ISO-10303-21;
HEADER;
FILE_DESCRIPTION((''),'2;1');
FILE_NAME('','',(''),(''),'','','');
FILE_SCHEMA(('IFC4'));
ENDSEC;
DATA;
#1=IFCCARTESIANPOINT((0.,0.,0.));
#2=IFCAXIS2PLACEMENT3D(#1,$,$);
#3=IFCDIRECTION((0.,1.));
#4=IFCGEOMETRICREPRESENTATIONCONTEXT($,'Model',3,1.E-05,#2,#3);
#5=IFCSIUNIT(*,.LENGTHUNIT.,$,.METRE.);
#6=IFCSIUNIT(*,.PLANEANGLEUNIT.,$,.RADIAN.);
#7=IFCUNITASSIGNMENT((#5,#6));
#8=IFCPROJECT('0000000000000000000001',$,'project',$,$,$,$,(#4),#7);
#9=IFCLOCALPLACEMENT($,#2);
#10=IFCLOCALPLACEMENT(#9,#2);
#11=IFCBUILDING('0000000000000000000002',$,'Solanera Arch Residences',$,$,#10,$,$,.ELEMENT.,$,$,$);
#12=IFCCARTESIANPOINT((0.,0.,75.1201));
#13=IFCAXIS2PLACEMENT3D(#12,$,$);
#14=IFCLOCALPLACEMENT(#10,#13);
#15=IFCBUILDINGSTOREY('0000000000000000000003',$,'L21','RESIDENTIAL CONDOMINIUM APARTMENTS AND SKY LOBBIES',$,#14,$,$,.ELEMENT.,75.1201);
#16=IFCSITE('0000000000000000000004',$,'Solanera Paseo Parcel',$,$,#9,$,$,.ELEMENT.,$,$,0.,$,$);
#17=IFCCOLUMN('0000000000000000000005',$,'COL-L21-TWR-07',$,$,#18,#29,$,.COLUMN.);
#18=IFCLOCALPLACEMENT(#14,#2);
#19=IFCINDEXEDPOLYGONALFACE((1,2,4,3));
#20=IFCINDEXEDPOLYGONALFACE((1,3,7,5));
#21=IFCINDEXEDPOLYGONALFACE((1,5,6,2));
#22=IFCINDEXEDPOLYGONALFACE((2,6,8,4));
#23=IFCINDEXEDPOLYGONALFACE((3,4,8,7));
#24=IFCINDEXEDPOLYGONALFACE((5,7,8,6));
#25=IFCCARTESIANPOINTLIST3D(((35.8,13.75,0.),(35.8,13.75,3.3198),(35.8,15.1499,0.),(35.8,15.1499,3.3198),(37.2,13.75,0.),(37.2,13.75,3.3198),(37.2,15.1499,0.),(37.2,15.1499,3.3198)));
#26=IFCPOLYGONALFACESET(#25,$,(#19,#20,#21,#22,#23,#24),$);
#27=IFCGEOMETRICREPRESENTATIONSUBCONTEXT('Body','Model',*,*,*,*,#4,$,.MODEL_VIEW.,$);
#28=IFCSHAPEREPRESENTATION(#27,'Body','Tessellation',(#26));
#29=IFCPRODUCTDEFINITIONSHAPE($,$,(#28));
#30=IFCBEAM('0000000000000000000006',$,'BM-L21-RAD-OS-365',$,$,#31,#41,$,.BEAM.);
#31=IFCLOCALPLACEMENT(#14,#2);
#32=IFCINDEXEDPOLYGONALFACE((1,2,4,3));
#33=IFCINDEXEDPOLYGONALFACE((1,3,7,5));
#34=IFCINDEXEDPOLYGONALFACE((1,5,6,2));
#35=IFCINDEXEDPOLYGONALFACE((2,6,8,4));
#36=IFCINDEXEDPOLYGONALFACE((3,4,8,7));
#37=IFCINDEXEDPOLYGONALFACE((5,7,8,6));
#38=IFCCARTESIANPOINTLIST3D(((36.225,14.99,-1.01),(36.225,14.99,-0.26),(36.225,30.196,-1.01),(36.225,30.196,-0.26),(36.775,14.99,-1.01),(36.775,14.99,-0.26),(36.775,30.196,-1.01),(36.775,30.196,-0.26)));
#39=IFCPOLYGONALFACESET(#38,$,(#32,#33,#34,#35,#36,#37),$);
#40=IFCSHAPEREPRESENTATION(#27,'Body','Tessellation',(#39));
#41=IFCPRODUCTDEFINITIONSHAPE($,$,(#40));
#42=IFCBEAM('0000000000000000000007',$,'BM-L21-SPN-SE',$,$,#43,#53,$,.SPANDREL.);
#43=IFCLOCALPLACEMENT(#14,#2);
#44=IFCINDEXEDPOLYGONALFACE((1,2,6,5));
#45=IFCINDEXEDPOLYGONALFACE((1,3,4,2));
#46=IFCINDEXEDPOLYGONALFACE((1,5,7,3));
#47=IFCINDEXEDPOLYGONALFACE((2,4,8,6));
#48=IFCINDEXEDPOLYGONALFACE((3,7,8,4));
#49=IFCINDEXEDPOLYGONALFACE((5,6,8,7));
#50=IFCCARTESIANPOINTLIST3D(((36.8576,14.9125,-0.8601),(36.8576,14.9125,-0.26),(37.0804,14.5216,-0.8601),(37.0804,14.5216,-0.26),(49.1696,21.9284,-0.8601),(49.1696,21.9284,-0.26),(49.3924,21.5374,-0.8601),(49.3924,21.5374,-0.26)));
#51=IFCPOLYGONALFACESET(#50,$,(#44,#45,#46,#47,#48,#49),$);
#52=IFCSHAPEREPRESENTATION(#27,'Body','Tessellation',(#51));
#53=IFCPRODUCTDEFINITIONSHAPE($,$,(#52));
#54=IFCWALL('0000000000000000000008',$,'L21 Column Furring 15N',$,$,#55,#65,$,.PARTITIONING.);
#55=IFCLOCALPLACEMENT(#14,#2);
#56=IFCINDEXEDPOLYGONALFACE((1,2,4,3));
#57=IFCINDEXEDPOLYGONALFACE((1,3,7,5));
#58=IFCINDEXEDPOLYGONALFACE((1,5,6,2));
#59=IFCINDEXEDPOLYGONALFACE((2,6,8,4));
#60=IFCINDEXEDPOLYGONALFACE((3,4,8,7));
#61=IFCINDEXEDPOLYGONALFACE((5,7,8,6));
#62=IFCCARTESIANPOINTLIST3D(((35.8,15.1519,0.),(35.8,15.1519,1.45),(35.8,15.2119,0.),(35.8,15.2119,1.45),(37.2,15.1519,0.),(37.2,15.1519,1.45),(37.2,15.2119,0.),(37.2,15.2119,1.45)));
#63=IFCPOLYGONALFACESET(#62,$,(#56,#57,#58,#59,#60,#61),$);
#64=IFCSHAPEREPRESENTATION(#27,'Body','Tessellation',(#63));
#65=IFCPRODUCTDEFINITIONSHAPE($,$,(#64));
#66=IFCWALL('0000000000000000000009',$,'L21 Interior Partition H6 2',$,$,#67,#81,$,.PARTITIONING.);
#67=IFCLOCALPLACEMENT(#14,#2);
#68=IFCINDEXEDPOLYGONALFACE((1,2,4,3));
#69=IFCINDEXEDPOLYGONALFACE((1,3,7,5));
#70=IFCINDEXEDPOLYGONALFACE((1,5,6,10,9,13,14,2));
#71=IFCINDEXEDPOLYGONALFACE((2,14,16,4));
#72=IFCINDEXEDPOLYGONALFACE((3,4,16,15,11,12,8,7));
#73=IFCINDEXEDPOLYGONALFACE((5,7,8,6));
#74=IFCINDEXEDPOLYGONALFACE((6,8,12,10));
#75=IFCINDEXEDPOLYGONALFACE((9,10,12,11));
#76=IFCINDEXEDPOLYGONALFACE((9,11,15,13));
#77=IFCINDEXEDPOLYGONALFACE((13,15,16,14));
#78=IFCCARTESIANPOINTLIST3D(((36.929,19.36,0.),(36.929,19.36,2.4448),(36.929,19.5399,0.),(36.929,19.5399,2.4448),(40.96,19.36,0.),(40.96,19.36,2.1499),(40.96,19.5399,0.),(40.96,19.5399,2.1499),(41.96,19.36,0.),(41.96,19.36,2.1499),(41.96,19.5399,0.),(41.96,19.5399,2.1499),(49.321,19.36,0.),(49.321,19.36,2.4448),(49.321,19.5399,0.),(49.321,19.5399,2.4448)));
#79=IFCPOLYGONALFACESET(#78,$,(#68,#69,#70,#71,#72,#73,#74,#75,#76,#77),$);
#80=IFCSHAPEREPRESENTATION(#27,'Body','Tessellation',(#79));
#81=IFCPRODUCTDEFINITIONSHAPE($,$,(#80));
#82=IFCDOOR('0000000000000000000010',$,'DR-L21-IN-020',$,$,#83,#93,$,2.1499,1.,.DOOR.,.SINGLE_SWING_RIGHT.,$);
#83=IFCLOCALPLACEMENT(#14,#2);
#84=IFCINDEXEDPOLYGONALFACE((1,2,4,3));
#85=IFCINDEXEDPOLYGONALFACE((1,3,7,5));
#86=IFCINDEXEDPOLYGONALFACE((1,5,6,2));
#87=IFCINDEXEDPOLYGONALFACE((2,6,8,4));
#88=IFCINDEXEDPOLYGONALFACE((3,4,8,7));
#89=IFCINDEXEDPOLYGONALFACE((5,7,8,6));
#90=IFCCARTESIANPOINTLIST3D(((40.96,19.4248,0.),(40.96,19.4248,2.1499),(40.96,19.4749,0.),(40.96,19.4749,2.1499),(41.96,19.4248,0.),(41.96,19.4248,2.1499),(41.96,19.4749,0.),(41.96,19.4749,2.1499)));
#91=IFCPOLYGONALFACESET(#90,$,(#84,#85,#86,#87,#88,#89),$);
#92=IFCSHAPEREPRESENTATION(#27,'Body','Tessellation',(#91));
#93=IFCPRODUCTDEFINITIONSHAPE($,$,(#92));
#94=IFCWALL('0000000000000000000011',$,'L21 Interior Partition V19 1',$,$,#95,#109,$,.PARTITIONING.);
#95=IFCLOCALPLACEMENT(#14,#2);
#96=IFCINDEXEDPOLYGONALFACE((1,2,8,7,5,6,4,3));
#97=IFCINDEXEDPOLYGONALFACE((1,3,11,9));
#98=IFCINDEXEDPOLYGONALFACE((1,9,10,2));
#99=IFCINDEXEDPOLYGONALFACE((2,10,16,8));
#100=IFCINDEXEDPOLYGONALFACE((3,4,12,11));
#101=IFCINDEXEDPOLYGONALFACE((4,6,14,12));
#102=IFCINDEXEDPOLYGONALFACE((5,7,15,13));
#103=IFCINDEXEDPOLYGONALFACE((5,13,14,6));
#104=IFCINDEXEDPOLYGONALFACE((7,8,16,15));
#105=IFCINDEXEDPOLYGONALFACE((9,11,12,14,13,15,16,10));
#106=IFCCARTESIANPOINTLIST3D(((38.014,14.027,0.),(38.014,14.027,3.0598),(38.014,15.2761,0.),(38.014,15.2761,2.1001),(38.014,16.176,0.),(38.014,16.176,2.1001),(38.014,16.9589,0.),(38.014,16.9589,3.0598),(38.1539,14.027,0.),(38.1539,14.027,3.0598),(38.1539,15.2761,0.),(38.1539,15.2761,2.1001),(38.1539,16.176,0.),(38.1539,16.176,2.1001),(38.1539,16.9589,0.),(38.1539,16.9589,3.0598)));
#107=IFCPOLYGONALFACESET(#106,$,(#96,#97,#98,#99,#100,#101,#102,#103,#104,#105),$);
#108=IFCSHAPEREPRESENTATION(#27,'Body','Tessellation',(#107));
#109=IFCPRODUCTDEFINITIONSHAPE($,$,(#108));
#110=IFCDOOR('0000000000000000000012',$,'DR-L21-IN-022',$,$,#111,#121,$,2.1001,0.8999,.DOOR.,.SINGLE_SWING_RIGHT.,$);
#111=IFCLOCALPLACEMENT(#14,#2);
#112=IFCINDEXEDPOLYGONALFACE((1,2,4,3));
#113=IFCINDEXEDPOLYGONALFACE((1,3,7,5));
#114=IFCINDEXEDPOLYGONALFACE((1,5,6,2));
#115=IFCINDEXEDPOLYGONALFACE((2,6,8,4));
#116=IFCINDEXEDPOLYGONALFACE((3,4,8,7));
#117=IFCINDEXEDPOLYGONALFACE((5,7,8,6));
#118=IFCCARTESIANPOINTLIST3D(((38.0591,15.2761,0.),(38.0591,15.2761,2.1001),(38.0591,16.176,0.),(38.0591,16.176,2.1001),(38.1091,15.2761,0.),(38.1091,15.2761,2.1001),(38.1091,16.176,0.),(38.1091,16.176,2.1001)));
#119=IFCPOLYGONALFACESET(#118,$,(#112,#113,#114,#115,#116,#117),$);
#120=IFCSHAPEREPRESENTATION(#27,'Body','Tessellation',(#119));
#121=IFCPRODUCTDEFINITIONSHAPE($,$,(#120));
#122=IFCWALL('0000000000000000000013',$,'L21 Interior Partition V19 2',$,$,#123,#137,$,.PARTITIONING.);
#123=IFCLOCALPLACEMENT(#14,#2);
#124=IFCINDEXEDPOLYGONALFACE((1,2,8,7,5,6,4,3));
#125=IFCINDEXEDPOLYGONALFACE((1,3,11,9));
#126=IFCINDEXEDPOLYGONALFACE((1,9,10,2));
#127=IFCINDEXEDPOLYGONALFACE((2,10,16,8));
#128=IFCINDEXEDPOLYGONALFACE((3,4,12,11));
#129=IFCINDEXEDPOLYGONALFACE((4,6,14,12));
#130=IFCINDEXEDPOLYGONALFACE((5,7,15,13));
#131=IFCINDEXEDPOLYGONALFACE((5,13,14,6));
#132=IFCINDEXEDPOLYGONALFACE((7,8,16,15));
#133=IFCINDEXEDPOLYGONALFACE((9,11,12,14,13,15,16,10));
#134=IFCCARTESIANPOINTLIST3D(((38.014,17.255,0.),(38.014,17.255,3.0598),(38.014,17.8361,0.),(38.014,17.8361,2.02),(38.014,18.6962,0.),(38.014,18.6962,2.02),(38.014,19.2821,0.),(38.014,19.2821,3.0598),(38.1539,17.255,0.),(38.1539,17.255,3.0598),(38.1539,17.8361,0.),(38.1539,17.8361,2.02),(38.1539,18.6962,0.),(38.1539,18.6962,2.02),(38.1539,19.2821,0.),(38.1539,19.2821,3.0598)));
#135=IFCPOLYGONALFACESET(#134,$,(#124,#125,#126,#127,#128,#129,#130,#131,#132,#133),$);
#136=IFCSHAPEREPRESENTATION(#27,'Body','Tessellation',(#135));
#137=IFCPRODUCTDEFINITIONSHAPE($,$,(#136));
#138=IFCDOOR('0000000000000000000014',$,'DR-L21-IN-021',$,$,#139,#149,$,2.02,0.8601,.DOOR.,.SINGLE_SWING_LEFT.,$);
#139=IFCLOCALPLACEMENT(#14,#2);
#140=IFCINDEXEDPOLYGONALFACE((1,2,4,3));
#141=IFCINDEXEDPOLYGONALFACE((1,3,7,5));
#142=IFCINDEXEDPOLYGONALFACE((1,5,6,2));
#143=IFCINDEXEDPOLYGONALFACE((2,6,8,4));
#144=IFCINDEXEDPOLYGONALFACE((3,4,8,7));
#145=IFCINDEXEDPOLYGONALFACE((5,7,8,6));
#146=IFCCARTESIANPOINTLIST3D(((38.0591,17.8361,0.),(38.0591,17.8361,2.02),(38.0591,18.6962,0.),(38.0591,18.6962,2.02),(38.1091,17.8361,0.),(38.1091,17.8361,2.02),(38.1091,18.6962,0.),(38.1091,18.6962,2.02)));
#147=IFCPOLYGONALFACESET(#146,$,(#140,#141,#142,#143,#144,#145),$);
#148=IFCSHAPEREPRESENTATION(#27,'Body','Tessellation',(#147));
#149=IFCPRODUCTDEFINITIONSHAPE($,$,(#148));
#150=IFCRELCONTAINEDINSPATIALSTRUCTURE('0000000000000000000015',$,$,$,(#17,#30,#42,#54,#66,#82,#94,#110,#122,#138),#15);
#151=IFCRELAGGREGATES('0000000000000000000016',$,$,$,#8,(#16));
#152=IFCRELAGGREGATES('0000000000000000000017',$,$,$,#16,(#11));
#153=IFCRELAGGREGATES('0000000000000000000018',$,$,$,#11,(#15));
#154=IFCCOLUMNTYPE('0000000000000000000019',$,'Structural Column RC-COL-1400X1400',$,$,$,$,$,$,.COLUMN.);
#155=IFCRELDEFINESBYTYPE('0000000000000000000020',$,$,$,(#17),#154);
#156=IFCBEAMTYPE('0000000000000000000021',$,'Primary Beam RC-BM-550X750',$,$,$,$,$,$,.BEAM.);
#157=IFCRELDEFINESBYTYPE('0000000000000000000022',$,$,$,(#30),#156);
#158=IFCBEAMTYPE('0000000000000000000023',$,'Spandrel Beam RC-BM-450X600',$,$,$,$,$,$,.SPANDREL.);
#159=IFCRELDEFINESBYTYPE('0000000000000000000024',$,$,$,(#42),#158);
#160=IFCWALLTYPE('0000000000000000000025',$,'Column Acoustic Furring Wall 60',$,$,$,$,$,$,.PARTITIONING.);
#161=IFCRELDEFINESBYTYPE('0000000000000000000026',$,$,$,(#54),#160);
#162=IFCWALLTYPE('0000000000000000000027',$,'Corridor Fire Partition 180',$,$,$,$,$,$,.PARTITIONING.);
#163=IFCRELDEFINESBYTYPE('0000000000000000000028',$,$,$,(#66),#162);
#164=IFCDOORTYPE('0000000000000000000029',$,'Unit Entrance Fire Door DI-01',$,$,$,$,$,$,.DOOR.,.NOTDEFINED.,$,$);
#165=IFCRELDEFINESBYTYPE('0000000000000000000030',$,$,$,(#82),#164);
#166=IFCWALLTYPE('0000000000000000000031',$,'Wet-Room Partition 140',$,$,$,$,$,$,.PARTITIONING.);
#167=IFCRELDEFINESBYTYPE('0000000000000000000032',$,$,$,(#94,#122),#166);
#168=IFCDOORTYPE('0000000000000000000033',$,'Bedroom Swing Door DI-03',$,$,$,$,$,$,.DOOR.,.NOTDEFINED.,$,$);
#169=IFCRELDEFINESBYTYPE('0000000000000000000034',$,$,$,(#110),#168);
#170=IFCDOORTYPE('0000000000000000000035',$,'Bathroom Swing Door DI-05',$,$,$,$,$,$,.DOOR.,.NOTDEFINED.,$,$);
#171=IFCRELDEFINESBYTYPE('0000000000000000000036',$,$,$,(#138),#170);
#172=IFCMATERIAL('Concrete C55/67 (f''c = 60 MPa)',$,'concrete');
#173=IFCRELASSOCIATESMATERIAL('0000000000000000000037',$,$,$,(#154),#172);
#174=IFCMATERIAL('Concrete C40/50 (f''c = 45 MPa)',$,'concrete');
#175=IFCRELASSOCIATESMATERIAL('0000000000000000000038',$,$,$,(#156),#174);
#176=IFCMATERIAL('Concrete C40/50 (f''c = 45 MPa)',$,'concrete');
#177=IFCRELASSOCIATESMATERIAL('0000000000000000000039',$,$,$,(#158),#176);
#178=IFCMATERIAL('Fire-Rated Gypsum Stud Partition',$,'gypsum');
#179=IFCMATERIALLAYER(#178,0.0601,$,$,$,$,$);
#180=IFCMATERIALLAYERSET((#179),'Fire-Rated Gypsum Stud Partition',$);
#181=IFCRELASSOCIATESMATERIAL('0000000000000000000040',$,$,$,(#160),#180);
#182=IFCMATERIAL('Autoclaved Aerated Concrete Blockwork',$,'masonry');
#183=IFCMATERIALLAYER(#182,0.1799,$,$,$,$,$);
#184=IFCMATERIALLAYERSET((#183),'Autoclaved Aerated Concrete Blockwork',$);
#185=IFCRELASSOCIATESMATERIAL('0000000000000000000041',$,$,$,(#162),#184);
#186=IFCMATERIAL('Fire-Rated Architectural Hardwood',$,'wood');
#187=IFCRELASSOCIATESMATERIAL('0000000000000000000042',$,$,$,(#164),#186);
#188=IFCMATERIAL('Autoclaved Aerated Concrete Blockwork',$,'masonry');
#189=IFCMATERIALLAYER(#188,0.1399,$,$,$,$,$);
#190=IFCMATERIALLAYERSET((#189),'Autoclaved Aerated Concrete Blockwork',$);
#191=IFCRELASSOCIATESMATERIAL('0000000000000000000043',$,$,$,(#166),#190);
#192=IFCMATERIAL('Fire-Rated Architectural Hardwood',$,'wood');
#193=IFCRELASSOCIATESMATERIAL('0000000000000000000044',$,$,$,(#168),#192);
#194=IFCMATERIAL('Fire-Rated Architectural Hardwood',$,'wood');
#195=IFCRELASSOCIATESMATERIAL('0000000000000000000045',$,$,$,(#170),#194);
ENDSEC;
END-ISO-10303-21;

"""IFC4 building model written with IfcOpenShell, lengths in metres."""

from ifc_helpers import new_model, si_unit, direction, frame, frame_2d, origin, origin_2d, place, context, subcontext, project, spatial, rectangle, extrude, material, layer, layer_set, material_profile, profile_set, type_object, element, fill, save


model = new_model("IFC4")

# Units and contexts
model_context = context("Model", 3, precision=1e-05, world=origin(), true_north=direction((0.0, 1.0)))
body_context = subcontext(model_context, "Body", "Model", "MODEL_VIEW")
ifc_project = project(units=[si_unit("LENGTHUNIT", "METRE"), si_unit("PLANEANGLEUNIT", "RADIAN")], contexts=[model_context])

# Site, building, storey
site_placement = place(None, origin())
site = spatial("IfcSite", under=ifc_project, at=site_placement, Name="Solanera Paseo Parcel", CompositionType="ELEMENT", RefElevation=0.0)
building_placement = place(site_placement, origin())
building = spatial("IfcBuilding", under=site, at=building_placement, Name="Solanera Arch Residences", CompositionType="ELEMENT")
storey_placement = place(building_placement, frame((0.0, 0.0, 75.1201)))
storey = spatial("IfcBuildingStorey", under=building, at=storey_placement, Name="L21", Description="RESIDENTIAL CONDOMINIUM APARTMENTS AND SKY LOBBIES", CompositionType="ELEMENT", Elevation=75.1201)

# Column
ifc_material_1 = material(Name="Concrete C55/67 (f'c = 60 MPa)", Category="concrete")
ifc_material_profile_1 = material_profile(ifc_material_1, rectangle(XDim=1.3999, YDim=1.3999, at=origin_2d()))
ifc_profile_set_1 = profile_set([ifc_material_profile_1], Name="Concrete C55/67 (f'c = 60 MPa)")
column_type = type_object("IfcColumnType", Name="Structural Column RC-COL-1400X1400", PredefinedType="COLUMN", material=ifc_profile_set_1)
column_placement = place(storey_placement, frame((36.5, 14.45, 0.0), z_axis=(0.0, 0.0, 1.0), x_axis=(1.0, 0.0, 0.0)))
element("IfcColumn", 1, at=column_placement, inside=storey, type_object=column_type, Name="COL-L21-TWR-07", PredefinedType="COLUMN", context=body_context, shape_type="SweptSolid", body=[
    extrude(rectangle(XDim=1.3999, YDim=1.3999, at=origin_2d()), origin(), (0.0, 0.0, 1.0), 3.3198),
])

# Beams
ifc_material_2 = material(Name="Concrete C40/50 (f'c = 45 MPa)", Category="concrete")
ifc_material_profile_2 = material_profile(ifc_material_2, rectangle(XDim=0.55, YDim=0.75, at=origin_2d()))
ifc_profile_set_2 = profile_set([ifc_material_profile_2], Name="Concrete C40/50 (f'c = 45 MPa)")
beam_type_1 = type_object("IfcBeamType", Name="Primary Beam RC-BM-550X750", PredefinedType="BEAM", material=ifc_profile_set_2)
beam_1_placement = place(storey_placement, frame((36.5, 14.99, -0.635), z_axis=(0.0, 1.0, 0.0), x_axis=(-1.0, 0.0, 0.0)))
element("IfcBeam", 2, at=beam_1_placement, inside=storey, type_object=beam_type_1, Name="BM-L21-RAD-OS-365", PredefinedType="BEAM", context=body_context, shape_type="SweptSolid", body=[
    extrude(rectangle(XDim=0.55, YDim=0.75, at=origin_2d()), origin(), (0.0, 0.0, 1.0), 15.2061),
])
ifc_material_3 = material(Name="Concrete C40/50 (f'c = 45 MPa)", Category="concrete")
ifc_material_profile_3 = material_profile(ifc_material_3, rectangle(XDim=0.45, YDim=0.6001, at=origin_2d()))
ifc_profile_set_3 = profile_set([ifc_material_profile_3], Name="Concrete C40/50 (f'c = 45 MPa)")
beam_type_2 = type_object("IfcBeamType", Name="Spandrel Beam RC-BM-450X600", PredefinedType="SPANDREL", material=ifc_profile_set_3)
beam_2_placement = place(storey_placement, frame((36.969, 14.717, -0.5601), z_axis=(0.868837, 0.495098, 0.0), x_axis=(-0.495098, 0.868837, 0.0)))
element("IfcBeam", 3, at=beam_2_placement, inside=storey, type_object=beam_type_2, Name="BM-L21-SPN-SE", PredefinedType="SPANDREL", context=body_context, shape_type="SweptSolid", body=[
    extrude(rectangle(XDim=0.45, YDim=0.6001, at=origin_2d()), origin(), (0.0, 0.0, 1.0), 14.1707),
])

# Wall
ifc_material_4 = material(Name="Fire-Rated Gypsum Stud Partition", Category="gypsum")
ifc_layer_1 = layer(ifc_material_4, 0.0601)
ifc_layer_set_1 = layer_set([ifc_layer_1], Name="Fire-Rated Gypsum Stud Partition")
wall_type_1 = type_object("IfcWallType", Name="Column Acoustic Furring Wall 60", PredefinedType="PARTITIONING", material=ifc_layer_set_1)
wall_1_placement = place(storey_placement, frame((35.8, 15.1819, 0.0), z_axis=(0.0, 0.0, 1.0), x_axis=(1.0, 0.0, 0.0)))
element("IfcWall", 4, at=wall_1_placement, inside=storey, type_object=wall_type_1, Name="L21 Column Furring 15N", PredefinedType="PARTITIONING", context=body_context, shape_type="SweptSolid", body=[
    extrude(rectangle(XDim=1.3999, YDim=0.0601, at=frame_2d((0.7, 0.0))), origin(), (0.0, 0.0, 1.0), 1.45),
])

# Walls, openings, doors
ifc_material_5 = material(Name="Autoclaved Aerated Concrete Blockwork", Category="masonry")
ifc_layer_2 = layer(ifc_material_5, 0.1799)
ifc_layer_set_2 = layer_set([ifc_layer_2], Name="Autoclaved Aerated Concrete Blockwork")
wall_type_2 = type_object("IfcWallType", Name="Corridor Fire Partition 180", PredefinedType="PARTITIONING", material=ifc_layer_set_2)
wall_2_placement = place(storey_placement, frame((36.929, 19.45, 0.0), z_axis=(0.0, 0.0, 1.0), x_axis=(1.0, 0.0, 0.0)))
wall_2 = element("IfcWall", 5, at=wall_2_placement, inside=storey, type_object=wall_type_2, Name="L21 Interior Partition H6 2", PredefinedType="PARTITIONING", context=body_context, shape_type="SweptSolid", body=[
    extrude(rectangle(XDim=12.3921, YDim=0.1799, at=frame_2d((6.196, 0.0))), origin(), (0.0, 0.0, 1.0), 2.4448),
])
opening_1_placement = place(wall_2_placement, frame((4.031, 0.0, 0.0)))
opening_1 = element("IfcOpeningElement", 6, at=opening_1_placement, cuts=wall_2, PredefinedType="OPENING", context=body_context, shape_type="SweptSolid", body=[
    extrude(rectangle(XDim=1.0, YDim=2.1499, at=frame_2d((0.5, 1.075))), frame((0.0, 0.1001, 0.0), z_axis=(0.0, -1.0, 0.0), x_axis=(1.0, 0.0, 0.0)), (0.0, 0.0, 1.0), 0.1999),
])
ifc_material_6 = material(Name="Fire-Rated Architectural Hardwood", Category="wood")
door_type_1 = type_object("IfcDoorType", Name="Unit Entrance Fire Door DI-01", OperationType="NOTDEFINED", PredefinedType="DOOR", material=ifc_material_6)
door_1_placement = place(opening_1_placement, origin())
door_1 = element("IfcDoor", 7, at=door_1_placement, inside=storey, type_object=door_type_1, Name="DR-L21-IN-020", OperationType="SINGLE_SWING_RIGHT", OverallHeight=2.1499, OverallWidth=1.0, PredefinedType="DOOR", context=body_context, shape_type="SweptSolid", body=[
    extrude(rectangle(XDim=1.0, YDim=2.1499, at=frame_2d((0.5, 1.075))), frame((0.0, 0.0249, 0.0), z_axis=(0.0, -1.0, 0.0), x_axis=(1.0, 0.0, 0.0)), (0.0, 0.0, 1.0), 0.05),
])
fill(opening_1, door_1)
ifc_material_7 = material(Name="Autoclaved Aerated Concrete Blockwork", Category="masonry")
ifc_layer_3 = layer(ifc_material_7, 0.1399)
ifc_layer_set_3 = layer_set([ifc_layer_3], Name="Autoclaved Aerated Concrete Blockwork")
wall_type_3 = type_object("IfcWallType", Name="Wet-Room Partition 140", PredefinedType="PARTITIONING", material=ifc_layer_set_3)
wall_3_placement = place(storey_placement, frame((38.084, 14.0271, 0.0), z_axis=(0.0, 0.0, 1.0), x_axis=(0.0, 1.0, 0.0)))
wall_3 = element("IfcWall", 8, at=wall_3_placement, inside=storey, type_object=wall_type_3, Name="L21 Interior Partition V19 1", PredefinedType="PARTITIONING", context=body_context, shape_type="SweptSolid", body=[
    extrude(rectangle(XDim=2.9319, YDim=0.1399, at=frame_2d((1.4658, 0.0))), origin(), (0.0, 0.0, 1.0), 3.0598),
])
opening_2_placement = place(wall_3_placement, frame((1.249, 0.0, 0.0)))
opening_2 = element("IfcOpeningElement", 9, at=opening_2_placement, cuts=wall_3, PredefinedType="OPENING", context=body_context, shape_type="SweptSolid", body=[
    extrude(rectangle(XDim=0.8999, YDim=2.1001, at=frame_2d((0.45, 1.05))), frame((0.0, 0.0798, 0.0), z_axis=(0.0, -1.0, 0.0), x_axis=(1.0, 0.0, 0.0)), (0.0, 0.0, 1.0), 0.1599),
])
ifc_material_8 = material(Name="Fire-Rated Architectural Hardwood", Category="wood")
door_type_2 = type_object("IfcDoorType", Name="Bedroom Swing Door DI-03", OperationType="NOTDEFINED", PredefinedType="DOOR", material=ifc_material_8)
door_2_placement = place(opening_2_placement, origin())
door_2 = element("IfcDoor", 10, at=door_2_placement, inside=storey, type_object=door_type_2, Name="DR-L21-IN-022", OperationType="SINGLE_SWING_RIGHT", OverallHeight=2.1001, OverallWidth=0.8999, PredefinedType="DOOR", context=body_context, shape_type="SweptSolid", body=[
    extrude(rectangle(XDim=0.8999, YDim=2.1001, at=frame_2d((0.45, 1.05))), frame((0.0, 0.0249, 0.0), z_axis=(0.0, -1.0, 0.0), x_axis=(1.0, 0.0, 0.0)), (0.0, 0.0, 1.0), 0.05),
])
fill(opening_2, door_2)
wall_4_placement = place(storey_placement, frame((38.084, 17.2549, 0.0), z_axis=(0.0, 0.0, 1.0), x_axis=(0.0, 1.0, 0.0)))
wall_4 = element("IfcWall", 11, at=wall_4_placement, inside=storey, type_object=wall_type_3, Name="L21 Interior Partition V19 2", PredefinedType="PARTITIONING", context=body_context, shape_type="SweptSolid", body=[
    extrude(rectangle(XDim=2.0271, YDim=0.1399, at=frame_2d((1.0137, 0.0))), origin(), (0.0, 0.0, 1.0), 3.0598),
])
opening_3_placement = place(wall_4_placement, frame((0.5811, 0.0, 0.0)))
opening_3 = element("IfcOpeningElement", 12, at=opening_3_placement, cuts=wall_4, PredefinedType="OPENING", context=body_context, shape_type="SweptSolid", body=[
    extrude(rectangle(XDim=0.8601, YDim=2.02, at=frame_2d((0.4302, 1.01))), frame((0.0, 0.0798, 0.0), z_axis=(0.0, -1.0, 0.0), x_axis=(1.0, 0.0, 0.0)), (0.0, 0.0, 1.0), 0.1599),
])
ifc_material_9 = material(Name="Fire-Rated Architectural Hardwood", Category="wood")
door_type_3 = type_object("IfcDoorType", Name="Bathroom Swing Door DI-05", OperationType="NOTDEFINED", PredefinedType="DOOR", material=ifc_material_9)
door_3_placement = place(opening_3_placement, origin())
door_3 = element("IfcDoor", 13, at=door_3_placement, inside=storey, type_object=door_type_3, Name="DR-L21-IN-021", OperationType="SINGLE_SWING_LEFT", OverallHeight=2.02, OverallWidth=0.8601, PredefinedType="DOOR", context=body_context, shape_type="SweptSolid", body=[
    extrude(rectangle(XDim=0.8601, YDim=2.02, at=frame_2d((0.4302, 1.01))), frame((0.0, 0.0249, 0.0), z_axis=(0.0, -1.0, 0.0), x_axis=(1.0, 0.0, 0.0)), (0.0, 0.0, 1.0), 0.05),
])
fill(opening_3, door_3)

save(model, "model.ifc")
